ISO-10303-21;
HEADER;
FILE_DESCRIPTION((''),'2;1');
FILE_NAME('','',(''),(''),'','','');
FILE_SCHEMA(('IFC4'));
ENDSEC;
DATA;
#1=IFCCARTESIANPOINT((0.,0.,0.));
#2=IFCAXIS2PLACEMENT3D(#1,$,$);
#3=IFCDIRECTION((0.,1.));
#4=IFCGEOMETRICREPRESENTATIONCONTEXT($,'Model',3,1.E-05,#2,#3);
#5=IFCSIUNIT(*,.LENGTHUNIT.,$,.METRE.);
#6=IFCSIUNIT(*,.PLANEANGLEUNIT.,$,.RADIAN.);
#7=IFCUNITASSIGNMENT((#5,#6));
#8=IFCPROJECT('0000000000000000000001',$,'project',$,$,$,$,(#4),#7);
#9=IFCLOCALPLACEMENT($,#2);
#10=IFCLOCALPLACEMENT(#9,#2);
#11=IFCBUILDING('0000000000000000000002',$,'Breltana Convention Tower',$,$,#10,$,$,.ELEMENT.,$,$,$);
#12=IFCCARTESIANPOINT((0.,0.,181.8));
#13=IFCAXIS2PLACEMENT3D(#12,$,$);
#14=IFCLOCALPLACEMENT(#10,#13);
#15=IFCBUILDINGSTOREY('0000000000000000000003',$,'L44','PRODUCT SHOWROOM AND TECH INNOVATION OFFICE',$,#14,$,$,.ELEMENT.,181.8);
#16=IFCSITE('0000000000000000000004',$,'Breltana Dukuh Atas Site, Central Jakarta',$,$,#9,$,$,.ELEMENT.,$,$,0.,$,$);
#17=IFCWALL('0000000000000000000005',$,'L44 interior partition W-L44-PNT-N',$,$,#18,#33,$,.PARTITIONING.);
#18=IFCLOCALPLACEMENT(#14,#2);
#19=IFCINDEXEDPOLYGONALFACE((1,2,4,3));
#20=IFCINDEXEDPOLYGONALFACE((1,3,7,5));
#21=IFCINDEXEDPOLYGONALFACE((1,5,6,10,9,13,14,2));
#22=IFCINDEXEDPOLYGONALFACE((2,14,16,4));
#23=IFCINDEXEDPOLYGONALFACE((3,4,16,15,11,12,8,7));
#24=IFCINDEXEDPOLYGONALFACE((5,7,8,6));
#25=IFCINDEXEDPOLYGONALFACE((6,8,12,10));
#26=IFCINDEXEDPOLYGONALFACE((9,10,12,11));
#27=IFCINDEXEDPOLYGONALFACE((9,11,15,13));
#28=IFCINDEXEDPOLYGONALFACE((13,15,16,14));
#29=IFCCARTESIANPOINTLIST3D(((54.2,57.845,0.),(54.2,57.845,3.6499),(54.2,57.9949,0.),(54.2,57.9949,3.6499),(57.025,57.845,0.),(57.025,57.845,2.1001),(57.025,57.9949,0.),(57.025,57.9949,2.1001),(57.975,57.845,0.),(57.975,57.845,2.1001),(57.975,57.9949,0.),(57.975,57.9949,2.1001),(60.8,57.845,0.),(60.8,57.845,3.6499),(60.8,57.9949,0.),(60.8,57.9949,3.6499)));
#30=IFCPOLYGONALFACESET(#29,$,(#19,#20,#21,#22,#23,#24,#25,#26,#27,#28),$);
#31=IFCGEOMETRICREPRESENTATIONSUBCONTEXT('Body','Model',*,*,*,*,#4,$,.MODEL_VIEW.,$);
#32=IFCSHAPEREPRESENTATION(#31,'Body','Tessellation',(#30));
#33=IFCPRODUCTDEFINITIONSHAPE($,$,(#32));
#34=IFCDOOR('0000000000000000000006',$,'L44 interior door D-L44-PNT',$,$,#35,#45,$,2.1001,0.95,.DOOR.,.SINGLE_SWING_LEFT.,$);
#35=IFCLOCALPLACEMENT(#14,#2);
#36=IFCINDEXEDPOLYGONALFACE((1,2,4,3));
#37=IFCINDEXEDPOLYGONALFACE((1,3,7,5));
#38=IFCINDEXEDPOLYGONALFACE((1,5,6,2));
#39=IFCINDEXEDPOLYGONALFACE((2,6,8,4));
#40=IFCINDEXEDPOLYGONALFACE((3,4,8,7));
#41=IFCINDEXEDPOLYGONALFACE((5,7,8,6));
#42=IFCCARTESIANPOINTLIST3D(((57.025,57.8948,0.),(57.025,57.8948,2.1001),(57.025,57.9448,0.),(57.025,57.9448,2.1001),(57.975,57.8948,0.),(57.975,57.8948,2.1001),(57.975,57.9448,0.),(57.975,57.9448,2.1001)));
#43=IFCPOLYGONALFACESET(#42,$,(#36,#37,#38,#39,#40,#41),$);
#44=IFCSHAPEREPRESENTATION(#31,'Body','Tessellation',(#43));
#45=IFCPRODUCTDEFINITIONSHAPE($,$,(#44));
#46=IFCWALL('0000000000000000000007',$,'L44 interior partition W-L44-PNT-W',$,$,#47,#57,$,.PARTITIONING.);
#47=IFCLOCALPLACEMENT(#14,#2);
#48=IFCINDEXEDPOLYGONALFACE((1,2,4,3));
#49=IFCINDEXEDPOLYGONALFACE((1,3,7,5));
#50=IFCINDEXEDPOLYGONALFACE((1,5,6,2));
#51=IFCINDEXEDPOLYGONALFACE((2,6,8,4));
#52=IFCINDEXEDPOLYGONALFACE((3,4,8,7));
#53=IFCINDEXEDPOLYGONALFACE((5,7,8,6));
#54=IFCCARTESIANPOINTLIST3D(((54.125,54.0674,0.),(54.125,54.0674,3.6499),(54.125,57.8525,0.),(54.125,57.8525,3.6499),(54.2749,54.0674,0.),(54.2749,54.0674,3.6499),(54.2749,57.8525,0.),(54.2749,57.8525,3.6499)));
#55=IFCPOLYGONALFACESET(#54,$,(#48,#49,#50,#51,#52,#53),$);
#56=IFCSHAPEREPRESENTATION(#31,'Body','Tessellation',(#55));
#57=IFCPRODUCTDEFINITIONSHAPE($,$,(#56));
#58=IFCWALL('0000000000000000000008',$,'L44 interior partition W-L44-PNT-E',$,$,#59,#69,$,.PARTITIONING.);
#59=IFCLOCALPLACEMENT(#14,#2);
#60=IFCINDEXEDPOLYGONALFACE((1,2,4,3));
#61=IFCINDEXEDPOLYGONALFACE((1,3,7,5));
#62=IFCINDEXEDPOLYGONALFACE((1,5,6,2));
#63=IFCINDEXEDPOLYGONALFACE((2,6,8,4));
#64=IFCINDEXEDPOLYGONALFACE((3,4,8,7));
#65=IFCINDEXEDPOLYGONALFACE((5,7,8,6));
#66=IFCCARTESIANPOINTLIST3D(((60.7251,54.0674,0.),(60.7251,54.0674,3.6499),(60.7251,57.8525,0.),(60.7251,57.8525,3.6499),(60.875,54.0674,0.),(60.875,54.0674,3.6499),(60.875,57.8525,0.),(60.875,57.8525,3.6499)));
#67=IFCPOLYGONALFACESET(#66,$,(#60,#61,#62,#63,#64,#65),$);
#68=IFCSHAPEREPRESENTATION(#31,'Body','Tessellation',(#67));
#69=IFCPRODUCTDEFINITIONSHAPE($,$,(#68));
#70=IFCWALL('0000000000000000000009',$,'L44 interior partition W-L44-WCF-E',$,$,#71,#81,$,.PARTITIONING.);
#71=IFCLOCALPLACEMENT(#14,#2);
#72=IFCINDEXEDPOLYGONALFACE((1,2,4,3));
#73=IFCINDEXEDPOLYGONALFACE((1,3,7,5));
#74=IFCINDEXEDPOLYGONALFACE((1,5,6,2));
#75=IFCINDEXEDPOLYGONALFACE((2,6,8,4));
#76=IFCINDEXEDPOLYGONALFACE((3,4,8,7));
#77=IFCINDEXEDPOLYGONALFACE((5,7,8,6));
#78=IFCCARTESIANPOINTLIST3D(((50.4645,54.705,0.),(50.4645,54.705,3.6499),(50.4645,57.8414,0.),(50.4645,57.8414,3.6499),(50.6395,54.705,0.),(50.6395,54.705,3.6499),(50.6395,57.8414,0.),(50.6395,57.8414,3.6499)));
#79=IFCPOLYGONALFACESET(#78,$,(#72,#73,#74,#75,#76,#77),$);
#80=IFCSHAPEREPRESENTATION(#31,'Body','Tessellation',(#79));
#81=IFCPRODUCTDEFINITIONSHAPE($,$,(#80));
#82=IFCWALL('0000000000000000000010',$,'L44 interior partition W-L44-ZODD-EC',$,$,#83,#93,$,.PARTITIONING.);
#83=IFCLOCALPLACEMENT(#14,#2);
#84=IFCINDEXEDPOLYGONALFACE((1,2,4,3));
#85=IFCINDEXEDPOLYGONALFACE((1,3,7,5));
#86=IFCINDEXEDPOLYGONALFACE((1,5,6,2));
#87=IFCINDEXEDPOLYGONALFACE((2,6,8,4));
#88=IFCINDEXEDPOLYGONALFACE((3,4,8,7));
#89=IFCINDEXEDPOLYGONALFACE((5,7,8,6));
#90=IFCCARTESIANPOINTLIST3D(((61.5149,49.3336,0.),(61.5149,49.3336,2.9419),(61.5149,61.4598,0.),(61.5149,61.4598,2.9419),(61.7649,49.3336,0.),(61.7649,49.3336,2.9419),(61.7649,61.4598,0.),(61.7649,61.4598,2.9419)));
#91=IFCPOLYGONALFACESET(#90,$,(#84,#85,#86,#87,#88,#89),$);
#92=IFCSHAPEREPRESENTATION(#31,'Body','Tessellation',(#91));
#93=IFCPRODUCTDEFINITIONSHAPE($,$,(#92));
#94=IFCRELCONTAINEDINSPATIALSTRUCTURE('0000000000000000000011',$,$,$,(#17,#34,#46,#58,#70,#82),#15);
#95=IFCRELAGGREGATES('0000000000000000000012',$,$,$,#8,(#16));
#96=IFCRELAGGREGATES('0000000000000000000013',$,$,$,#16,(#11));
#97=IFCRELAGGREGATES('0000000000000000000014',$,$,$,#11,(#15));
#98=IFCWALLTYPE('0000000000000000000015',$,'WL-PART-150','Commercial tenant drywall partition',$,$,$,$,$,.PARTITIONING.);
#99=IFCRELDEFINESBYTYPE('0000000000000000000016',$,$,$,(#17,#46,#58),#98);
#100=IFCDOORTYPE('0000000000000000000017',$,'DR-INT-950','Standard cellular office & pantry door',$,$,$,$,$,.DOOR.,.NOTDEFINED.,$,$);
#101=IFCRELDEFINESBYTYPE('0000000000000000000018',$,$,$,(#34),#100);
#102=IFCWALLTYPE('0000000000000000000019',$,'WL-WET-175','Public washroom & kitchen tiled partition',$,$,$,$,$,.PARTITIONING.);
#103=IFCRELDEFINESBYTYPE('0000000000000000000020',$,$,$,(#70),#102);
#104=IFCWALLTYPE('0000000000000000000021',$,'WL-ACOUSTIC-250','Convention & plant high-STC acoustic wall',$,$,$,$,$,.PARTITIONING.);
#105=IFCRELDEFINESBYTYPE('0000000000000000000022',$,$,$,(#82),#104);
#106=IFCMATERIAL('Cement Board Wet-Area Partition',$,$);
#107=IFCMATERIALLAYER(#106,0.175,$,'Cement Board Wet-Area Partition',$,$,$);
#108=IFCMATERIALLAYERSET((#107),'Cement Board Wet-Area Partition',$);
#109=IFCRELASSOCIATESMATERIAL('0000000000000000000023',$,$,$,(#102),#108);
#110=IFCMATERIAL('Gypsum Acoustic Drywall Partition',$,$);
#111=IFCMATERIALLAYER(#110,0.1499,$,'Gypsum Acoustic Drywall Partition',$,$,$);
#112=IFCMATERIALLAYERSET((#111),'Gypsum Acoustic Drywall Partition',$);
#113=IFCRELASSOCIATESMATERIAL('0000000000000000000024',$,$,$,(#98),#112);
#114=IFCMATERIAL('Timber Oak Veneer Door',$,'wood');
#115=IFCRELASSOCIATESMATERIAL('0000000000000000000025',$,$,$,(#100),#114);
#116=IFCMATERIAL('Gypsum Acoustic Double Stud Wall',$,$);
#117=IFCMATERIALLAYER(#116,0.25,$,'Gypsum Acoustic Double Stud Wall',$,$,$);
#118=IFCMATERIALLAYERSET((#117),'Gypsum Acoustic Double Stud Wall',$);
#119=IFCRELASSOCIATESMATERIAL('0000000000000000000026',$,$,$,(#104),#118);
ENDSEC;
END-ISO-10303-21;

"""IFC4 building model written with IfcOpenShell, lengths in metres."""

from ifc_helpers import new_model, si_unit, direction, frame, frame_2d, origin, place, context, subcontext, project, spatial, rectangle, extrude, source, transform, mapped, material, layer, layer_set, type_object, type_shapes, element, fill, save


model = new_model("IFC4")

# Units and contexts
model_context = context("Model", 3, precision=1e-05, world=origin(), true_north=direction((0.0, 1.0)))
body_context = subcontext(model_context, "Body", "Model", "MODEL_VIEW")
ifc_project = project(units=[si_unit("LENGTHUNIT", "METRE"), si_unit("PLANEANGLEUNIT", "RADIAN")], contexts=[model_context])

# Site, building, storey
site_placement = place(None, origin())
site = spatial("IfcSite", under=ifc_project, at=site_placement, Name="Breltana Dukuh Atas Site, Central Jakarta", CompositionType="ELEMENT", RefElevation=0.0)
building_placement = place(site_placement, origin())
building = spatial("IfcBuilding", under=site, at=building_placement, Name="Breltana Convention Tower", CompositionType="ELEMENT")
storey_placement = place(building_placement, frame((0.0, 0.0, 181.8)))
storey = spatial("IfcBuildingStorey", under=building, at=storey_placement, Name="L44", Description="PRODUCT SHOWROOM AND TECH INNOVATION OFFICE", CompositionType="ELEMENT", Elevation=181.8)

# Shared definitions
ifc_material_1 = material(Name="Cement Board Wet-Area Partition")
ifc_layer_1 = layer(ifc_material_1, 0.175, Name="Cement Board Wet-Area Partition")
ifc_layer_set_1 = layer_set([ifc_layer_1], Name="Cement Board Wet-Area Partition")
wall_type_1 = type_object("IfcWallType", Name="WL-WET-175", Description="Public washroom & kitchen tiled partition", PredefinedType="PARTITIONING", material=ifc_layer_set_1)

# Shared definitions
ifc_material_2 = material(Name="Gypsum Acoustic Drywall Partition")
ifc_layer_2 = layer(ifc_material_2, 0.1499, Name="Gypsum Acoustic Drywall Partition")
ifc_layer_set_2 = layer_set([ifc_layer_2], Name="Gypsum Acoustic Drywall Partition")
wall_type_2 = type_object("IfcWallType", Name="WL-PART-150", Description="Commercial tenant drywall partition", PredefinedType="PARTITIONING", material=ifc_layer_set_2)

# Wall, opening, door
shared_shape_1 = source(origin(), body_context, "Body", "SweptSolid", [
    extrude(rectangle(XDim=6.6001, YDim=0.1499, at=frame_2d((3.3, 0.0))), origin(), (0.0, 0.0, 1.0), 3.6499),
])
wall_1_placement = place(storey_placement, frame((54.2, 57.9199, 0.0), z_axis=(0.0, 0.0, 1.0), x_axis=(1.0, 0.0, 0.0)))
wall_1 = element("IfcWall", 1, at=wall_1_placement, inside=storey, type_object=wall_type_2, Name="L44 interior partition W-L44-PNT-N", PredefinedType="PARTITIONING", context=body_context, shape_type="MappedRepresentation", body=[
    mapped(shared_shape_1, transform((0.0, 0.0, 0.0), scale=1.0)),
])
opening_1_placement = place(wall_1_placement, frame((2.825, 0.0, 0.0)))
opening_1 = element("IfcOpeningElement", 2, at=opening_1_placement, cuts=wall_1, PredefinedType="OPENING", context=body_context, shape_type="SweptSolid", body=[
    extrude(rectangle(XDim=0.95, YDim=2.1001, at=frame_2d((0.4751, 1.05))), frame((0.0, 0.085, 0.0), z_axis=(0.0, -1.0, 0.0), x_axis=(1.0, 0.0, 0.0)), (0.0, 0.0, 1.0), 0.1699),
])
ifc_material_3 = material(Name="Timber Oak Veneer Door", Category="wood")
door_type_1 = type_object("IfcDoorType", Name="DR-INT-950", Description="Standard cellular office & pantry door", OperationType="NOTDEFINED", PredefinedType="DOOR", material=ifc_material_3)
shared_shape_2 = source(origin(), body_context, "Body", "SweptSolid", [
    extrude(rectangle(XDim=0.95, YDim=2.1001, at=frame_2d((0.4751, 1.05))), frame((0.0, 0.0249, 0.0), z_axis=(0.0, -1.0, 0.0), x_axis=(1.0, 0.0, 0.0)), (0.0, 0.0, 1.0), 0.05),
])
type_shapes(door_type_1, [shared_shape_2])
door_1_placement = place(opening_1_placement, origin())
door_1 = element("IfcDoor", 3, at=door_1_placement, inside=storey, type_object=door_type_1, Name="L44 interior door D-L44-PNT", OperationType="SINGLE_SWING_LEFT", OverallHeight=2.1001, OverallWidth=0.95, PredefinedType="DOOR", context=body_context, shape_type="MappedRepresentation", body=[
    mapped(shared_shape_2, transform((0.0, 0.0, 0.0), scale=1.0)),
])
fill(opening_1, door_1)

# Walls
shared_shape_3 = source(origin(), body_context, "Body", "SweptSolid", [
    extrude(rectangle(XDim=3.7852, YDim=0.1499, at=frame_2d((1.8926, 0.0))), origin(), (0.0, 0.0, 1.0), 3.6499),
])
for number, where, z_axis, x_axis, name in (
    (4, (54.2, 54.0674, 0.0), (0.0, 0.0, 1.0), (0.0, 1.0, 0.0), "L44 interior partition W-L44-PNT-W"),
    (5, (60.8, 54.0674, 0.0), (0.0, 0.0, 1.0), (0.0, 1.0, 0.0), "L44 interior partition W-L44-PNT-E"),
):
    element("IfcWall", number, at=place(storey_placement, frame(where, z_axis=z_axis, x_axis=x_axis)), inside=storey, type_object=wall_type_2, Name=name, PredefinedType="PARTITIONING", context=body_context, shape_type="MappedRepresentation", body=[
        mapped(shared_shape_3, transform((0.0, 0.0, 0.0), scale=1.0)),
    ])
shared_shape_4 = source(origin(), body_context, "Body", "SweptSolid", [
    extrude(rectangle(XDim=3.1365, YDim=0.175, at=frame_2d((1.5684, 0.0))), origin(), (0.0, 0.0, 1.0), 3.6499),
])
wall_2_placement = place(storey_placement, frame((50.552, 54.7048, 0.0), z_axis=(0.0, 0.0, 1.0), x_axis=(0.0, 1.0, 0.0)))
element("IfcWall", 6, at=wall_2_placement, inside=storey, type_object=wall_type_1, Name="L44 interior partition W-L44-WCF-E", PredefinedType="PARTITIONING", context=body_context, shape_type="MappedRepresentation", body=[
    mapped(shared_shape_4, transform((0.0, 0.0, 0.0), scale=1.0)),
])
ifc_material_4 = material(Name="Gypsum Acoustic Double Stud Wall")
ifc_layer_3 = layer(ifc_material_4, 0.25, Name="Gypsum Acoustic Double Stud Wall")
ifc_layer_set_3 = layer_set([ifc_layer_3], Name="Gypsum Acoustic Double Stud Wall")
wall_type_3 = type_object("IfcWallType", Name="WL-ACOUSTIC-250", Description="Convention & plant high-STC acoustic wall", PredefinedType="PARTITIONING", material=ifc_layer_set_3)
shared_shape_5 = source(origin(), body_context, "Body", "SweptSolid", [
    extrude(rectangle(XDim=12.1262, YDim=0.25, at=frame_2d((6.063, 0.0))), origin(), (0.0, 0.0, 1.0), 2.9419),
])
wall_3_placement = place(storey_placement, frame((61.6399, 49.3337, 0.0), z_axis=(0.0, 0.0, 1.0), x_axis=(0.0, 1.0, 0.0)))
element("IfcWall", 7, at=wall_3_placement, inside=storey, type_object=wall_type_3, Name="L44 interior partition W-L44-ZODD-EC", PredefinedType="PARTITIONING", context=body_context, shape_type="MappedRepresentation", body=[
    mapped(shared_shape_5, transform((0.0, 0.0, 0.0), scale=1.0)),
])

save(model, "model.ifc")
